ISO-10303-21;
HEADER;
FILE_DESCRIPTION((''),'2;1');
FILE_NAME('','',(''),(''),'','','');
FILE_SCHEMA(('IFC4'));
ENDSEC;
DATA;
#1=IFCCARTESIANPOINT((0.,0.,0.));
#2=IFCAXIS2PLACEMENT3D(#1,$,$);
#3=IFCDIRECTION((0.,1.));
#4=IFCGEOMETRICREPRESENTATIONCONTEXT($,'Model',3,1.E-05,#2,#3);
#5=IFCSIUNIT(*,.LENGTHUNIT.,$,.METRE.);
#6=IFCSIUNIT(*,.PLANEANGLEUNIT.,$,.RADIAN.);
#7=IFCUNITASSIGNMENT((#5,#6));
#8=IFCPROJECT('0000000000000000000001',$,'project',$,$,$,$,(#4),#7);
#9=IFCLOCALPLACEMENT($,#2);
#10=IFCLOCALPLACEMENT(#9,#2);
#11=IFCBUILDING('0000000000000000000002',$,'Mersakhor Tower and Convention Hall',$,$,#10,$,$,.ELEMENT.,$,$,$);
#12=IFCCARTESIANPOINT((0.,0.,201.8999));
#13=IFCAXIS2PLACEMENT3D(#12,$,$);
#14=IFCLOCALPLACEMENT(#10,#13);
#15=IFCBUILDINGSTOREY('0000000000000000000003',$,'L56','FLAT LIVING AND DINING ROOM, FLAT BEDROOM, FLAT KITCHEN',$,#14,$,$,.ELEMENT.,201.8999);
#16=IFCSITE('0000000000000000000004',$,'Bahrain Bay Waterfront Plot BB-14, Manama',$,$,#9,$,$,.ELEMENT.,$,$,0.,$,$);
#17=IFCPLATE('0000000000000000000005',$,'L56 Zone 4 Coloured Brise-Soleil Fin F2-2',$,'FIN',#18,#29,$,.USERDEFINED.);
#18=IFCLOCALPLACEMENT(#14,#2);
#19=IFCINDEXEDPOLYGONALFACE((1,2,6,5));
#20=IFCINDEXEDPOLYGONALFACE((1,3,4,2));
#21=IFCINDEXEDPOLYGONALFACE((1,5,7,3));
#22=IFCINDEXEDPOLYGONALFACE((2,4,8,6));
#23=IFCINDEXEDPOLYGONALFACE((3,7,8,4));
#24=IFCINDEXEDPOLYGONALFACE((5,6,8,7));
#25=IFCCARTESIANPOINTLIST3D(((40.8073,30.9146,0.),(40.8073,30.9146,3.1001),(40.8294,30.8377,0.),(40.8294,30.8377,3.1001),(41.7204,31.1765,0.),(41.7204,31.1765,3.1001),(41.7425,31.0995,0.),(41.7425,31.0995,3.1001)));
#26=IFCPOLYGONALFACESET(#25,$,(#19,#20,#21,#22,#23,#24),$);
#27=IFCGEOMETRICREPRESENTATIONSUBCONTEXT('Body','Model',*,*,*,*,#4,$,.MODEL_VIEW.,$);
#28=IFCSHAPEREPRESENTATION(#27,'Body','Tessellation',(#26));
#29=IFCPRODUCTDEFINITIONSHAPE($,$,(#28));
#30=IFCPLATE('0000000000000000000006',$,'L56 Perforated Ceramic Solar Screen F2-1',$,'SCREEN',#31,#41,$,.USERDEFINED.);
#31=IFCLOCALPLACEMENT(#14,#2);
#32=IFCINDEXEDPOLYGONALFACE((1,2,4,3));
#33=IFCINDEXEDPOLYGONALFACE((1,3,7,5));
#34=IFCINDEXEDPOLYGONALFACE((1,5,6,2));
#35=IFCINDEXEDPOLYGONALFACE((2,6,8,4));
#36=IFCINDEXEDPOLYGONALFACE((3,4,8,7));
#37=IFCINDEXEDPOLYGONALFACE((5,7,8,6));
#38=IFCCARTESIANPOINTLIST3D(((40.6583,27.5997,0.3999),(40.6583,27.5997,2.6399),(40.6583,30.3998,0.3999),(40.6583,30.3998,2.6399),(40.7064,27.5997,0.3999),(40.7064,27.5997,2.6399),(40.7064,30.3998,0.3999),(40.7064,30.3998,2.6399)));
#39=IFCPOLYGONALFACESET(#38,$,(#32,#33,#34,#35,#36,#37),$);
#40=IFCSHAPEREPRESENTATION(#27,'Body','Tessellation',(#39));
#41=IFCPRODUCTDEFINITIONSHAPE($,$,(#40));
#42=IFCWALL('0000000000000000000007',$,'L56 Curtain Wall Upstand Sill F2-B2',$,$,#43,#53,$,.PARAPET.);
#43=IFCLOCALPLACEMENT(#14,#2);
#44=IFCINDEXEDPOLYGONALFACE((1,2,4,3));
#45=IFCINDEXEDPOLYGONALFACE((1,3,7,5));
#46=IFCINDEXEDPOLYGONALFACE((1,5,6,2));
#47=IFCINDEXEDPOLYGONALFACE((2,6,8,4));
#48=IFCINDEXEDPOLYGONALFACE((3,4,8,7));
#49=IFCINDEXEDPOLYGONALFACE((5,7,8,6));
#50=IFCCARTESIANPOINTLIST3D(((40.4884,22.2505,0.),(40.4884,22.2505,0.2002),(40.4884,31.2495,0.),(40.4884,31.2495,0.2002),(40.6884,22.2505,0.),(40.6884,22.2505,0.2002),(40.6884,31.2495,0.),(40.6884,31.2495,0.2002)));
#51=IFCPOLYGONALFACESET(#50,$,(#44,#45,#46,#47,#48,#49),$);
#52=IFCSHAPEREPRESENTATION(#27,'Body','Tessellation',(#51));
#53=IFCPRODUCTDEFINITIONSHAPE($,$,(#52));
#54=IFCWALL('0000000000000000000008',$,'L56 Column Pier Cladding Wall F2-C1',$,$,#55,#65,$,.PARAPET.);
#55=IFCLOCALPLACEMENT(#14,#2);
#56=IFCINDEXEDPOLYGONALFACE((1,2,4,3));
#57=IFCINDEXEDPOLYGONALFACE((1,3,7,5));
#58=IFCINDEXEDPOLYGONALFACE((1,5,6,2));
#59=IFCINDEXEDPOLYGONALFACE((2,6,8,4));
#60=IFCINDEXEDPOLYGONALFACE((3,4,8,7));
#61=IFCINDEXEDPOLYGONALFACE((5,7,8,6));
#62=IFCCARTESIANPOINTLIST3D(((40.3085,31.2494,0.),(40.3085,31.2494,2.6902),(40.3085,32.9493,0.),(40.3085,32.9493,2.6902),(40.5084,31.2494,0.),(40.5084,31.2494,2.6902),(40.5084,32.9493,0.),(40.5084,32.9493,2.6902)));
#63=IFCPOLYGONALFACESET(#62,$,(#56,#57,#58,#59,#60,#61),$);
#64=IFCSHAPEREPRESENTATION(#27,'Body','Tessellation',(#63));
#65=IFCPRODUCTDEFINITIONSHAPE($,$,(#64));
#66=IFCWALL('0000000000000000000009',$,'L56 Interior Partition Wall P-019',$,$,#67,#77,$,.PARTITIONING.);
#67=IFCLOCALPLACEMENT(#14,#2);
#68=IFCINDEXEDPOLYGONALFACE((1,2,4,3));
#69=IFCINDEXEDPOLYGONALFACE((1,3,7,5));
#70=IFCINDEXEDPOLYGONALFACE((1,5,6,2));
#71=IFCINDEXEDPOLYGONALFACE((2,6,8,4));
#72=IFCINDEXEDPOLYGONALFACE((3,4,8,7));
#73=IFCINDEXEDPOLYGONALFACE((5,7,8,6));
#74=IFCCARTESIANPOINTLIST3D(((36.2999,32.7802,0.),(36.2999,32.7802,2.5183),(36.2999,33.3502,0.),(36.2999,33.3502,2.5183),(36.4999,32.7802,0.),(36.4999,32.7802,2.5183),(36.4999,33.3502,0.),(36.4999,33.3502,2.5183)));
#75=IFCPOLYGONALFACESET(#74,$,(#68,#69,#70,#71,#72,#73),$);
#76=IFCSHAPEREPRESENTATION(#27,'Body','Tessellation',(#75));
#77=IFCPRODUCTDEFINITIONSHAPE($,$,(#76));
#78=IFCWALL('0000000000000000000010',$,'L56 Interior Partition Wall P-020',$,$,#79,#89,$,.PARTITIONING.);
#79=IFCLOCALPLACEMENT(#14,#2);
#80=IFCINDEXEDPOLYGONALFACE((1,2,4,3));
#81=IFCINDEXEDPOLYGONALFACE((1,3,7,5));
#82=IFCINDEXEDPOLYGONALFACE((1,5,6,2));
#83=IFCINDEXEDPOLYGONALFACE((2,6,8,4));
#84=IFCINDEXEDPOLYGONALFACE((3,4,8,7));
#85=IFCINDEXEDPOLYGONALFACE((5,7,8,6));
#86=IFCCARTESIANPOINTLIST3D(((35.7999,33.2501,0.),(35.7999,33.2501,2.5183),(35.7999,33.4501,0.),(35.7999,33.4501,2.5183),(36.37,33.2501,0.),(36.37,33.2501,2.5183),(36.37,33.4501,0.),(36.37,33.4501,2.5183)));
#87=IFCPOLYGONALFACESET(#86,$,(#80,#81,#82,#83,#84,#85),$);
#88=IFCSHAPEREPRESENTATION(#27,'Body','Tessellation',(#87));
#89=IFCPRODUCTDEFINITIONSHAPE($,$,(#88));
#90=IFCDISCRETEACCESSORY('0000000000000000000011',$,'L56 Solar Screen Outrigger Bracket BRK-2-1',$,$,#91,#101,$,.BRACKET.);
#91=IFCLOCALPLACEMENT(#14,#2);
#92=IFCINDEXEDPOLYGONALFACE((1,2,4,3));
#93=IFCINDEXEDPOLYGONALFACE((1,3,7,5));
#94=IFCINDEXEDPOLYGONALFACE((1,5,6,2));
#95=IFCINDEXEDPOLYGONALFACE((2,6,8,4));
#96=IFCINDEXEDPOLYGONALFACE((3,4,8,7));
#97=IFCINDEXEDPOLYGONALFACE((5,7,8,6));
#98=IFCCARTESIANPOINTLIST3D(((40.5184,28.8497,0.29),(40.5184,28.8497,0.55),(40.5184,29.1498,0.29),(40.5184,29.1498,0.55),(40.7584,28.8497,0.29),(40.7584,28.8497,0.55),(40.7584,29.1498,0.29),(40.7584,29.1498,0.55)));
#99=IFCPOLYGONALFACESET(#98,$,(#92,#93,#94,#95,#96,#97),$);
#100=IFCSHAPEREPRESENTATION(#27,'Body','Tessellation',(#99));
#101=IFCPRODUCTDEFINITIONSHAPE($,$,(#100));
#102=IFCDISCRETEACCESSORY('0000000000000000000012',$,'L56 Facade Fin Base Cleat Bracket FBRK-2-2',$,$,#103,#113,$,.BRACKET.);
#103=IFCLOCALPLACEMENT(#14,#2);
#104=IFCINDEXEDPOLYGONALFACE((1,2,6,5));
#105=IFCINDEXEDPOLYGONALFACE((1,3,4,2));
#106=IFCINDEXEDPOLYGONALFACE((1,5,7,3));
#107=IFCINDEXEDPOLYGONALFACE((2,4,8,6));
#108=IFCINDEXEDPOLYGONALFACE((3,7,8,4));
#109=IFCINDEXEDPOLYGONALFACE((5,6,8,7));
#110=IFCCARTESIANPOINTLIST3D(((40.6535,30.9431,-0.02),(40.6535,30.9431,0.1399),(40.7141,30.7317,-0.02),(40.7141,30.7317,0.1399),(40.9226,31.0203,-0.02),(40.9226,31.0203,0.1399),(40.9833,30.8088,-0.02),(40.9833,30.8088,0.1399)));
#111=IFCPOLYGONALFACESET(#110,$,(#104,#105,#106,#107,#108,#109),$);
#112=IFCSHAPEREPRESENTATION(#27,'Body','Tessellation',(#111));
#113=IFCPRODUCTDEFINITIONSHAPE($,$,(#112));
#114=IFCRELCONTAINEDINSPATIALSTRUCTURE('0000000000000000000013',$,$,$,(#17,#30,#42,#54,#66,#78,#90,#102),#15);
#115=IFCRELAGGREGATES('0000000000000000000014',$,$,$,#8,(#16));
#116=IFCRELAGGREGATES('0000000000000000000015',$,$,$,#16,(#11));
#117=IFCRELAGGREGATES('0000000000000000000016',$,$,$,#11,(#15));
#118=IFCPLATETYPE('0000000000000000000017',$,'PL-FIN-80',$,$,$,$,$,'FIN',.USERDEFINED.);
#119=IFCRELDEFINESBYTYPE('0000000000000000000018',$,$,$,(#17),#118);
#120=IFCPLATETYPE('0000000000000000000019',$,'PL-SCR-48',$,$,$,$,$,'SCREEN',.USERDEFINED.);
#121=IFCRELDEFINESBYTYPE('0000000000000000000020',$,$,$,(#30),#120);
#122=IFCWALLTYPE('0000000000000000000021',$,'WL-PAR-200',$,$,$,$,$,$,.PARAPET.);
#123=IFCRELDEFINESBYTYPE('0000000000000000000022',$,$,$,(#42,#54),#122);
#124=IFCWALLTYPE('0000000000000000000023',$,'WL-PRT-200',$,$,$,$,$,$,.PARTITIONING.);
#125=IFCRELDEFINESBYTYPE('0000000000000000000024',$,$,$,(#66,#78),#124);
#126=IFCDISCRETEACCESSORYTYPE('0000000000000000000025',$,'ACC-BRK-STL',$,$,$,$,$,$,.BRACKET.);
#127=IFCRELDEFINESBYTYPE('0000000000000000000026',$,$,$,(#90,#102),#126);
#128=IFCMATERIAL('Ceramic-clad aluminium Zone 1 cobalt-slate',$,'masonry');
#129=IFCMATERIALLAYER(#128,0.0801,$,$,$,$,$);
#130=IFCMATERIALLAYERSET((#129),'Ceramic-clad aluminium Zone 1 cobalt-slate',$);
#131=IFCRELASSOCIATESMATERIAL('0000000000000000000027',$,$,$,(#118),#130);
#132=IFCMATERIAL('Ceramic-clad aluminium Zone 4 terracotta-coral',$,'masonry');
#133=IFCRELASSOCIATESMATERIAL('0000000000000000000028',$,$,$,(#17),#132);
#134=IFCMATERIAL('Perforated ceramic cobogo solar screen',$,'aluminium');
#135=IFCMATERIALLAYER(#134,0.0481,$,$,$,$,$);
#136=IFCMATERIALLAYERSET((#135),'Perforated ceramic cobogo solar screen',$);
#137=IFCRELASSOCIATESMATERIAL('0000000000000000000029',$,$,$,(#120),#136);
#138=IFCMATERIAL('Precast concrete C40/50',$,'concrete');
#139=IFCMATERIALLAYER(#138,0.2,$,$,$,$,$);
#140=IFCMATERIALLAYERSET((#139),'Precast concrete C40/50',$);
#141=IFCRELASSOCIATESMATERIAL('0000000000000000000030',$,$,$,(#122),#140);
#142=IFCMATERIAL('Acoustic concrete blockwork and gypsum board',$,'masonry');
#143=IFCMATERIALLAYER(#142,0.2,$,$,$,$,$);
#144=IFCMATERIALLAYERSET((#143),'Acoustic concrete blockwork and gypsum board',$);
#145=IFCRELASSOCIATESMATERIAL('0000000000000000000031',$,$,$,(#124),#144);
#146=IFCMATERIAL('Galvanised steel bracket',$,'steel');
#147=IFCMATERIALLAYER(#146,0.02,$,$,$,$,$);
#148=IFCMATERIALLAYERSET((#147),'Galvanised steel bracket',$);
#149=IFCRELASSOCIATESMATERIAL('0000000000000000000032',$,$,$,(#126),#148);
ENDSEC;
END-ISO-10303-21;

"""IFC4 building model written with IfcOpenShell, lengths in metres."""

from ifc_helpers import new_model, si_unit, direction, frame, frame_2d, origin, origin_2d, place, context, subcontext, project, spatial, rectangle, extrude, material, layer, layer_set, type_object, element, save


model = new_model("IFC4")

# Units and contexts
model_context = context("Model", 3, precision=1e-05, world=origin(), true_north=direction((0.0, 1.0)))
body_context = subcontext(model_context, "Body", "Model", "MODEL_VIEW")
ifc_project = project(units=[si_unit("LENGTHUNIT", "METRE"), si_unit("PLANEANGLEUNIT", "RADIAN")], contexts=[model_context])

# Site, building, storey
site_placement = place(None, origin())
site = spatial("IfcSite", under=ifc_project, at=site_placement, Name="Bahrain Bay Waterfront Plot BB-14, Manama", CompositionType="ELEMENT", RefElevation=0.0)
building_placement = place(site_placement, origin())
building = spatial("IfcBuilding", under=site, at=building_placement, Name="Mersakhor Tower and Convention Hall", CompositionType="ELEMENT")
storey_placement = place(building_placement, frame((0.0, 0.0, 201.8999)))
storey = spatial("IfcBuildingStorey", under=building, at=storey_placement, Name="L56", Description="FLAT LIVING AND DINING ROOM, FLAT BEDROOM, FLAT KITCHEN", CompositionType="ELEMENT", Elevation=201.8999)

# Plates
ifc_material_1 = material(Name="Ceramic-clad aluminium Zone 4 terracotta-coral", Category="masonry")
ifc_material_2 = material(Name="Ceramic-clad aluminium Zone 1 cobalt-slate", Category="masonry")
ifc_layer_1 = layer(ifc_material_2, 0.0801)
ifc_layer_set_1 = layer_set([ifc_layer_1], Name="Ceramic-clad aluminium Zone 1 cobalt-slate")
plate_type_1 = type_object("IfcPlateType", Name="PL-FIN-80", ElementType="FIN", PredefinedType="USERDEFINED", material=ifc_layer_set_1)
plate_1_placement = place(storey_placement, frame((41.2749, 31.0071, 0.0), z_axis=(0.0, 0.0, 1.0), x_axis=(0.961262, 0.275637, 0.0)))
element("IfcPlate", 1, at=plate_1_placement, inside=storey, type_object=plate_type_1, material=ifc_material_1, Name="L56 Zone 4 Coloured Brise-Soleil Fin F2-2", ObjectType="FIN", PredefinedType="USERDEFINED", context=body_context, shape_type="SweptSolid", body=[
    extrude(rectangle(XDim=0.95, YDim=0.0801, at=origin_2d()), origin(), (0.0, 0.0, 1.0), 3.1001),
])
ifc_material_3 = material(Name="Perforated ceramic cobogo solar screen", Category="aluminium")
ifc_layer_2 = layer(ifc_material_3, 0.0481)
ifc_layer_set_2 = layer_set([ifc_layer_2], Name="Perforated ceramic cobogo solar screen")
plate_type_2 = type_object("IfcPlateType", Name="PL-SCR-48", ElementType="SCREEN", PredefinedType="USERDEFINED", material=ifc_layer_set_2)
plate_2_placement = place(storey_placement, frame((40.6824, 28.9998, 0.3999), z_axis=(0.0, 0.0, 1.0), x_axis=(0.0, -1.0, 0.0)))
element("IfcPlate", 2, at=plate_2_placement, inside=storey, type_object=plate_type_2, Name="L56 Perforated Ceramic Solar Screen F2-1", ObjectType="SCREEN", PredefinedType="USERDEFINED", context=body_context, shape_type="SweptSolid", body=[
    extrude(rectangle(XDim=2.8, YDim=0.0481, at=origin_2d()), origin(), (0.0, 0.0, 1.0), 2.24),
])

# Walls
ifc_material_4 = material(Name="Precast concrete C40/50", Category="concrete")
ifc_layer_3 = layer(ifc_material_4, 0.2)
ifc_layer_set_3 = layer_set([ifc_layer_3], Name="Precast concrete C40/50")
wall_type_1 = type_object("IfcWallType", Name="WL-PAR-200", PredefinedType="PARAPET", material=ifc_layer_set_3)
wall_1_placement = place(storey_placement, frame((40.5884, 31.2495, 0.0), z_axis=(0.0, 0.0, 1.0), x_axis=(0.0, -1.0, 0.0)))
element("IfcWall", 3, at=wall_1_placement, inside=storey, type_object=wall_type_1, Name="L56 Curtain Wall Upstand Sill F2-B2", PredefinedType="PARAPET", context=body_context, shape_type="SweptSolid", body=[
    extrude(rectangle(XDim=8.999, YDim=0.2, at=frame_2d((4.4995, 0.0))), origin(), (0.0, 0.0, 1.0), 0.2002),
])
wall_2_placement = place(storey_placement, frame((40.4084, 32.9495, 0.0), z_axis=(0.0, 0.0, 1.0), x_axis=(0.0, -1.0, 0.0)))
element("IfcWall", 4, at=wall_2_placement, inside=storey, type_object=wall_type_1, Name="L56 Column Pier Cladding Wall F2-C1", PredefinedType="PARAPET", context=body_context, shape_type="SweptSolid", body=[
    extrude(rectangle(XDim=1.7, YDim=0.2, at=frame_2d((0.8501, 0.0))), origin(), (0.0, 0.0, 1.0), 2.6902),
])

# Shared definitions
ifc_material_5 = material(Name="Acoustic concrete blockwork and gypsum board", Category="masonry")
ifc_layer_4 = layer(ifc_material_5, 0.2)
ifc_layer_set_4 = layer_set([ifc_layer_4], Name="Acoustic concrete blockwork and gypsum board")
wall_type_2 = type_object("IfcWallType", Name="WL-PRT-200", PredefinedType="PARTITIONING", material=ifc_layer_set_4)

# Walls
for number, where, z_axis, x_axis, name in (
    (5, (36.3999, 32.78, 0.0), (0.0, 0.0, 1.0), (0.0, 1.0, 0.0), "L56 Interior Partition Wall P-019"),
    (6, (36.3701, 33.3501, 0.0), (0.0, 0.0, 1.0), (-1.0, 0.0, 0.0), "L56 Interior Partition Wall P-020"),
):
    element("IfcWall", number, at=place(storey_placement, frame(where, z_axis=z_axis, x_axis=x_axis)), inside=storey, type_object=wall_type_2, Name=name, PredefinedType="PARTITIONING", context=body_context, shape_type="SweptSolid", body=[
        extrude(rectangle(XDim=0.5701, YDim=0.2, at=frame_2d((0.2852, 0.0))), origin(), (0.0, 0.0, 1.0), 2.5183),
    ])

# Discrete accessories
ifc_material_6 = material(Name="Galvanised steel bracket", Category="steel")
ifc_layer_5 = layer(ifc_material_6, 0.02)
ifc_layer_set_5 = layer_set([ifc_layer_5], Name="Galvanised steel bracket")
discrete_accessory_type = type_object("IfcDiscreteAccessoryType", Name="ACC-BRK-STL", PredefinedType="BRACKET", material=ifc_layer_set_5)
discrete_accessory_1_placement = place(storey_placement, frame((40.6384, 28.9998, 0.29), z_axis=(0.0, 0.0, 1.0), x_axis=(0.0, -1.0, 0.0)))
element("IfcDiscreteAccessory", 7, at=discrete_accessory_1_placement, inside=storey, type_object=discrete_accessory_type, Name="L56 Solar Screen Outrigger Bracket BRK-2-1", PredefinedType="BRACKET", context=body_context, shape_type="SweptSolid", body=[
    extrude(rectangle(XDim=0.3, YDim=0.24, at=origin_2d()), origin(), (0.0, 0.0, 1.0), 0.26),
])
discrete_accessory_2_placement = place(storey_placement, frame((40.8184, 30.876, -0.02), z_axis=(0.0, 0.0, 1.0), x_axis=(0.961262, 0.275637, 0.0)))
element("IfcDiscreteAccessory", 8, at=discrete_accessory_2_placement, inside=storey, type_object=discrete_accessory_type, Name="L56 Facade Fin Base Cleat Bracket FBRK-2-2", PredefinedType="BRACKET", context=body_context, shape_type="SweptSolid", body=[
    extrude(rectangle(XDim=0.28, YDim=0.22, at=origin_2d()), origin(), (0.0, 0.0, 1.0), 0.1599),
])

save(model, "model.ifc")
